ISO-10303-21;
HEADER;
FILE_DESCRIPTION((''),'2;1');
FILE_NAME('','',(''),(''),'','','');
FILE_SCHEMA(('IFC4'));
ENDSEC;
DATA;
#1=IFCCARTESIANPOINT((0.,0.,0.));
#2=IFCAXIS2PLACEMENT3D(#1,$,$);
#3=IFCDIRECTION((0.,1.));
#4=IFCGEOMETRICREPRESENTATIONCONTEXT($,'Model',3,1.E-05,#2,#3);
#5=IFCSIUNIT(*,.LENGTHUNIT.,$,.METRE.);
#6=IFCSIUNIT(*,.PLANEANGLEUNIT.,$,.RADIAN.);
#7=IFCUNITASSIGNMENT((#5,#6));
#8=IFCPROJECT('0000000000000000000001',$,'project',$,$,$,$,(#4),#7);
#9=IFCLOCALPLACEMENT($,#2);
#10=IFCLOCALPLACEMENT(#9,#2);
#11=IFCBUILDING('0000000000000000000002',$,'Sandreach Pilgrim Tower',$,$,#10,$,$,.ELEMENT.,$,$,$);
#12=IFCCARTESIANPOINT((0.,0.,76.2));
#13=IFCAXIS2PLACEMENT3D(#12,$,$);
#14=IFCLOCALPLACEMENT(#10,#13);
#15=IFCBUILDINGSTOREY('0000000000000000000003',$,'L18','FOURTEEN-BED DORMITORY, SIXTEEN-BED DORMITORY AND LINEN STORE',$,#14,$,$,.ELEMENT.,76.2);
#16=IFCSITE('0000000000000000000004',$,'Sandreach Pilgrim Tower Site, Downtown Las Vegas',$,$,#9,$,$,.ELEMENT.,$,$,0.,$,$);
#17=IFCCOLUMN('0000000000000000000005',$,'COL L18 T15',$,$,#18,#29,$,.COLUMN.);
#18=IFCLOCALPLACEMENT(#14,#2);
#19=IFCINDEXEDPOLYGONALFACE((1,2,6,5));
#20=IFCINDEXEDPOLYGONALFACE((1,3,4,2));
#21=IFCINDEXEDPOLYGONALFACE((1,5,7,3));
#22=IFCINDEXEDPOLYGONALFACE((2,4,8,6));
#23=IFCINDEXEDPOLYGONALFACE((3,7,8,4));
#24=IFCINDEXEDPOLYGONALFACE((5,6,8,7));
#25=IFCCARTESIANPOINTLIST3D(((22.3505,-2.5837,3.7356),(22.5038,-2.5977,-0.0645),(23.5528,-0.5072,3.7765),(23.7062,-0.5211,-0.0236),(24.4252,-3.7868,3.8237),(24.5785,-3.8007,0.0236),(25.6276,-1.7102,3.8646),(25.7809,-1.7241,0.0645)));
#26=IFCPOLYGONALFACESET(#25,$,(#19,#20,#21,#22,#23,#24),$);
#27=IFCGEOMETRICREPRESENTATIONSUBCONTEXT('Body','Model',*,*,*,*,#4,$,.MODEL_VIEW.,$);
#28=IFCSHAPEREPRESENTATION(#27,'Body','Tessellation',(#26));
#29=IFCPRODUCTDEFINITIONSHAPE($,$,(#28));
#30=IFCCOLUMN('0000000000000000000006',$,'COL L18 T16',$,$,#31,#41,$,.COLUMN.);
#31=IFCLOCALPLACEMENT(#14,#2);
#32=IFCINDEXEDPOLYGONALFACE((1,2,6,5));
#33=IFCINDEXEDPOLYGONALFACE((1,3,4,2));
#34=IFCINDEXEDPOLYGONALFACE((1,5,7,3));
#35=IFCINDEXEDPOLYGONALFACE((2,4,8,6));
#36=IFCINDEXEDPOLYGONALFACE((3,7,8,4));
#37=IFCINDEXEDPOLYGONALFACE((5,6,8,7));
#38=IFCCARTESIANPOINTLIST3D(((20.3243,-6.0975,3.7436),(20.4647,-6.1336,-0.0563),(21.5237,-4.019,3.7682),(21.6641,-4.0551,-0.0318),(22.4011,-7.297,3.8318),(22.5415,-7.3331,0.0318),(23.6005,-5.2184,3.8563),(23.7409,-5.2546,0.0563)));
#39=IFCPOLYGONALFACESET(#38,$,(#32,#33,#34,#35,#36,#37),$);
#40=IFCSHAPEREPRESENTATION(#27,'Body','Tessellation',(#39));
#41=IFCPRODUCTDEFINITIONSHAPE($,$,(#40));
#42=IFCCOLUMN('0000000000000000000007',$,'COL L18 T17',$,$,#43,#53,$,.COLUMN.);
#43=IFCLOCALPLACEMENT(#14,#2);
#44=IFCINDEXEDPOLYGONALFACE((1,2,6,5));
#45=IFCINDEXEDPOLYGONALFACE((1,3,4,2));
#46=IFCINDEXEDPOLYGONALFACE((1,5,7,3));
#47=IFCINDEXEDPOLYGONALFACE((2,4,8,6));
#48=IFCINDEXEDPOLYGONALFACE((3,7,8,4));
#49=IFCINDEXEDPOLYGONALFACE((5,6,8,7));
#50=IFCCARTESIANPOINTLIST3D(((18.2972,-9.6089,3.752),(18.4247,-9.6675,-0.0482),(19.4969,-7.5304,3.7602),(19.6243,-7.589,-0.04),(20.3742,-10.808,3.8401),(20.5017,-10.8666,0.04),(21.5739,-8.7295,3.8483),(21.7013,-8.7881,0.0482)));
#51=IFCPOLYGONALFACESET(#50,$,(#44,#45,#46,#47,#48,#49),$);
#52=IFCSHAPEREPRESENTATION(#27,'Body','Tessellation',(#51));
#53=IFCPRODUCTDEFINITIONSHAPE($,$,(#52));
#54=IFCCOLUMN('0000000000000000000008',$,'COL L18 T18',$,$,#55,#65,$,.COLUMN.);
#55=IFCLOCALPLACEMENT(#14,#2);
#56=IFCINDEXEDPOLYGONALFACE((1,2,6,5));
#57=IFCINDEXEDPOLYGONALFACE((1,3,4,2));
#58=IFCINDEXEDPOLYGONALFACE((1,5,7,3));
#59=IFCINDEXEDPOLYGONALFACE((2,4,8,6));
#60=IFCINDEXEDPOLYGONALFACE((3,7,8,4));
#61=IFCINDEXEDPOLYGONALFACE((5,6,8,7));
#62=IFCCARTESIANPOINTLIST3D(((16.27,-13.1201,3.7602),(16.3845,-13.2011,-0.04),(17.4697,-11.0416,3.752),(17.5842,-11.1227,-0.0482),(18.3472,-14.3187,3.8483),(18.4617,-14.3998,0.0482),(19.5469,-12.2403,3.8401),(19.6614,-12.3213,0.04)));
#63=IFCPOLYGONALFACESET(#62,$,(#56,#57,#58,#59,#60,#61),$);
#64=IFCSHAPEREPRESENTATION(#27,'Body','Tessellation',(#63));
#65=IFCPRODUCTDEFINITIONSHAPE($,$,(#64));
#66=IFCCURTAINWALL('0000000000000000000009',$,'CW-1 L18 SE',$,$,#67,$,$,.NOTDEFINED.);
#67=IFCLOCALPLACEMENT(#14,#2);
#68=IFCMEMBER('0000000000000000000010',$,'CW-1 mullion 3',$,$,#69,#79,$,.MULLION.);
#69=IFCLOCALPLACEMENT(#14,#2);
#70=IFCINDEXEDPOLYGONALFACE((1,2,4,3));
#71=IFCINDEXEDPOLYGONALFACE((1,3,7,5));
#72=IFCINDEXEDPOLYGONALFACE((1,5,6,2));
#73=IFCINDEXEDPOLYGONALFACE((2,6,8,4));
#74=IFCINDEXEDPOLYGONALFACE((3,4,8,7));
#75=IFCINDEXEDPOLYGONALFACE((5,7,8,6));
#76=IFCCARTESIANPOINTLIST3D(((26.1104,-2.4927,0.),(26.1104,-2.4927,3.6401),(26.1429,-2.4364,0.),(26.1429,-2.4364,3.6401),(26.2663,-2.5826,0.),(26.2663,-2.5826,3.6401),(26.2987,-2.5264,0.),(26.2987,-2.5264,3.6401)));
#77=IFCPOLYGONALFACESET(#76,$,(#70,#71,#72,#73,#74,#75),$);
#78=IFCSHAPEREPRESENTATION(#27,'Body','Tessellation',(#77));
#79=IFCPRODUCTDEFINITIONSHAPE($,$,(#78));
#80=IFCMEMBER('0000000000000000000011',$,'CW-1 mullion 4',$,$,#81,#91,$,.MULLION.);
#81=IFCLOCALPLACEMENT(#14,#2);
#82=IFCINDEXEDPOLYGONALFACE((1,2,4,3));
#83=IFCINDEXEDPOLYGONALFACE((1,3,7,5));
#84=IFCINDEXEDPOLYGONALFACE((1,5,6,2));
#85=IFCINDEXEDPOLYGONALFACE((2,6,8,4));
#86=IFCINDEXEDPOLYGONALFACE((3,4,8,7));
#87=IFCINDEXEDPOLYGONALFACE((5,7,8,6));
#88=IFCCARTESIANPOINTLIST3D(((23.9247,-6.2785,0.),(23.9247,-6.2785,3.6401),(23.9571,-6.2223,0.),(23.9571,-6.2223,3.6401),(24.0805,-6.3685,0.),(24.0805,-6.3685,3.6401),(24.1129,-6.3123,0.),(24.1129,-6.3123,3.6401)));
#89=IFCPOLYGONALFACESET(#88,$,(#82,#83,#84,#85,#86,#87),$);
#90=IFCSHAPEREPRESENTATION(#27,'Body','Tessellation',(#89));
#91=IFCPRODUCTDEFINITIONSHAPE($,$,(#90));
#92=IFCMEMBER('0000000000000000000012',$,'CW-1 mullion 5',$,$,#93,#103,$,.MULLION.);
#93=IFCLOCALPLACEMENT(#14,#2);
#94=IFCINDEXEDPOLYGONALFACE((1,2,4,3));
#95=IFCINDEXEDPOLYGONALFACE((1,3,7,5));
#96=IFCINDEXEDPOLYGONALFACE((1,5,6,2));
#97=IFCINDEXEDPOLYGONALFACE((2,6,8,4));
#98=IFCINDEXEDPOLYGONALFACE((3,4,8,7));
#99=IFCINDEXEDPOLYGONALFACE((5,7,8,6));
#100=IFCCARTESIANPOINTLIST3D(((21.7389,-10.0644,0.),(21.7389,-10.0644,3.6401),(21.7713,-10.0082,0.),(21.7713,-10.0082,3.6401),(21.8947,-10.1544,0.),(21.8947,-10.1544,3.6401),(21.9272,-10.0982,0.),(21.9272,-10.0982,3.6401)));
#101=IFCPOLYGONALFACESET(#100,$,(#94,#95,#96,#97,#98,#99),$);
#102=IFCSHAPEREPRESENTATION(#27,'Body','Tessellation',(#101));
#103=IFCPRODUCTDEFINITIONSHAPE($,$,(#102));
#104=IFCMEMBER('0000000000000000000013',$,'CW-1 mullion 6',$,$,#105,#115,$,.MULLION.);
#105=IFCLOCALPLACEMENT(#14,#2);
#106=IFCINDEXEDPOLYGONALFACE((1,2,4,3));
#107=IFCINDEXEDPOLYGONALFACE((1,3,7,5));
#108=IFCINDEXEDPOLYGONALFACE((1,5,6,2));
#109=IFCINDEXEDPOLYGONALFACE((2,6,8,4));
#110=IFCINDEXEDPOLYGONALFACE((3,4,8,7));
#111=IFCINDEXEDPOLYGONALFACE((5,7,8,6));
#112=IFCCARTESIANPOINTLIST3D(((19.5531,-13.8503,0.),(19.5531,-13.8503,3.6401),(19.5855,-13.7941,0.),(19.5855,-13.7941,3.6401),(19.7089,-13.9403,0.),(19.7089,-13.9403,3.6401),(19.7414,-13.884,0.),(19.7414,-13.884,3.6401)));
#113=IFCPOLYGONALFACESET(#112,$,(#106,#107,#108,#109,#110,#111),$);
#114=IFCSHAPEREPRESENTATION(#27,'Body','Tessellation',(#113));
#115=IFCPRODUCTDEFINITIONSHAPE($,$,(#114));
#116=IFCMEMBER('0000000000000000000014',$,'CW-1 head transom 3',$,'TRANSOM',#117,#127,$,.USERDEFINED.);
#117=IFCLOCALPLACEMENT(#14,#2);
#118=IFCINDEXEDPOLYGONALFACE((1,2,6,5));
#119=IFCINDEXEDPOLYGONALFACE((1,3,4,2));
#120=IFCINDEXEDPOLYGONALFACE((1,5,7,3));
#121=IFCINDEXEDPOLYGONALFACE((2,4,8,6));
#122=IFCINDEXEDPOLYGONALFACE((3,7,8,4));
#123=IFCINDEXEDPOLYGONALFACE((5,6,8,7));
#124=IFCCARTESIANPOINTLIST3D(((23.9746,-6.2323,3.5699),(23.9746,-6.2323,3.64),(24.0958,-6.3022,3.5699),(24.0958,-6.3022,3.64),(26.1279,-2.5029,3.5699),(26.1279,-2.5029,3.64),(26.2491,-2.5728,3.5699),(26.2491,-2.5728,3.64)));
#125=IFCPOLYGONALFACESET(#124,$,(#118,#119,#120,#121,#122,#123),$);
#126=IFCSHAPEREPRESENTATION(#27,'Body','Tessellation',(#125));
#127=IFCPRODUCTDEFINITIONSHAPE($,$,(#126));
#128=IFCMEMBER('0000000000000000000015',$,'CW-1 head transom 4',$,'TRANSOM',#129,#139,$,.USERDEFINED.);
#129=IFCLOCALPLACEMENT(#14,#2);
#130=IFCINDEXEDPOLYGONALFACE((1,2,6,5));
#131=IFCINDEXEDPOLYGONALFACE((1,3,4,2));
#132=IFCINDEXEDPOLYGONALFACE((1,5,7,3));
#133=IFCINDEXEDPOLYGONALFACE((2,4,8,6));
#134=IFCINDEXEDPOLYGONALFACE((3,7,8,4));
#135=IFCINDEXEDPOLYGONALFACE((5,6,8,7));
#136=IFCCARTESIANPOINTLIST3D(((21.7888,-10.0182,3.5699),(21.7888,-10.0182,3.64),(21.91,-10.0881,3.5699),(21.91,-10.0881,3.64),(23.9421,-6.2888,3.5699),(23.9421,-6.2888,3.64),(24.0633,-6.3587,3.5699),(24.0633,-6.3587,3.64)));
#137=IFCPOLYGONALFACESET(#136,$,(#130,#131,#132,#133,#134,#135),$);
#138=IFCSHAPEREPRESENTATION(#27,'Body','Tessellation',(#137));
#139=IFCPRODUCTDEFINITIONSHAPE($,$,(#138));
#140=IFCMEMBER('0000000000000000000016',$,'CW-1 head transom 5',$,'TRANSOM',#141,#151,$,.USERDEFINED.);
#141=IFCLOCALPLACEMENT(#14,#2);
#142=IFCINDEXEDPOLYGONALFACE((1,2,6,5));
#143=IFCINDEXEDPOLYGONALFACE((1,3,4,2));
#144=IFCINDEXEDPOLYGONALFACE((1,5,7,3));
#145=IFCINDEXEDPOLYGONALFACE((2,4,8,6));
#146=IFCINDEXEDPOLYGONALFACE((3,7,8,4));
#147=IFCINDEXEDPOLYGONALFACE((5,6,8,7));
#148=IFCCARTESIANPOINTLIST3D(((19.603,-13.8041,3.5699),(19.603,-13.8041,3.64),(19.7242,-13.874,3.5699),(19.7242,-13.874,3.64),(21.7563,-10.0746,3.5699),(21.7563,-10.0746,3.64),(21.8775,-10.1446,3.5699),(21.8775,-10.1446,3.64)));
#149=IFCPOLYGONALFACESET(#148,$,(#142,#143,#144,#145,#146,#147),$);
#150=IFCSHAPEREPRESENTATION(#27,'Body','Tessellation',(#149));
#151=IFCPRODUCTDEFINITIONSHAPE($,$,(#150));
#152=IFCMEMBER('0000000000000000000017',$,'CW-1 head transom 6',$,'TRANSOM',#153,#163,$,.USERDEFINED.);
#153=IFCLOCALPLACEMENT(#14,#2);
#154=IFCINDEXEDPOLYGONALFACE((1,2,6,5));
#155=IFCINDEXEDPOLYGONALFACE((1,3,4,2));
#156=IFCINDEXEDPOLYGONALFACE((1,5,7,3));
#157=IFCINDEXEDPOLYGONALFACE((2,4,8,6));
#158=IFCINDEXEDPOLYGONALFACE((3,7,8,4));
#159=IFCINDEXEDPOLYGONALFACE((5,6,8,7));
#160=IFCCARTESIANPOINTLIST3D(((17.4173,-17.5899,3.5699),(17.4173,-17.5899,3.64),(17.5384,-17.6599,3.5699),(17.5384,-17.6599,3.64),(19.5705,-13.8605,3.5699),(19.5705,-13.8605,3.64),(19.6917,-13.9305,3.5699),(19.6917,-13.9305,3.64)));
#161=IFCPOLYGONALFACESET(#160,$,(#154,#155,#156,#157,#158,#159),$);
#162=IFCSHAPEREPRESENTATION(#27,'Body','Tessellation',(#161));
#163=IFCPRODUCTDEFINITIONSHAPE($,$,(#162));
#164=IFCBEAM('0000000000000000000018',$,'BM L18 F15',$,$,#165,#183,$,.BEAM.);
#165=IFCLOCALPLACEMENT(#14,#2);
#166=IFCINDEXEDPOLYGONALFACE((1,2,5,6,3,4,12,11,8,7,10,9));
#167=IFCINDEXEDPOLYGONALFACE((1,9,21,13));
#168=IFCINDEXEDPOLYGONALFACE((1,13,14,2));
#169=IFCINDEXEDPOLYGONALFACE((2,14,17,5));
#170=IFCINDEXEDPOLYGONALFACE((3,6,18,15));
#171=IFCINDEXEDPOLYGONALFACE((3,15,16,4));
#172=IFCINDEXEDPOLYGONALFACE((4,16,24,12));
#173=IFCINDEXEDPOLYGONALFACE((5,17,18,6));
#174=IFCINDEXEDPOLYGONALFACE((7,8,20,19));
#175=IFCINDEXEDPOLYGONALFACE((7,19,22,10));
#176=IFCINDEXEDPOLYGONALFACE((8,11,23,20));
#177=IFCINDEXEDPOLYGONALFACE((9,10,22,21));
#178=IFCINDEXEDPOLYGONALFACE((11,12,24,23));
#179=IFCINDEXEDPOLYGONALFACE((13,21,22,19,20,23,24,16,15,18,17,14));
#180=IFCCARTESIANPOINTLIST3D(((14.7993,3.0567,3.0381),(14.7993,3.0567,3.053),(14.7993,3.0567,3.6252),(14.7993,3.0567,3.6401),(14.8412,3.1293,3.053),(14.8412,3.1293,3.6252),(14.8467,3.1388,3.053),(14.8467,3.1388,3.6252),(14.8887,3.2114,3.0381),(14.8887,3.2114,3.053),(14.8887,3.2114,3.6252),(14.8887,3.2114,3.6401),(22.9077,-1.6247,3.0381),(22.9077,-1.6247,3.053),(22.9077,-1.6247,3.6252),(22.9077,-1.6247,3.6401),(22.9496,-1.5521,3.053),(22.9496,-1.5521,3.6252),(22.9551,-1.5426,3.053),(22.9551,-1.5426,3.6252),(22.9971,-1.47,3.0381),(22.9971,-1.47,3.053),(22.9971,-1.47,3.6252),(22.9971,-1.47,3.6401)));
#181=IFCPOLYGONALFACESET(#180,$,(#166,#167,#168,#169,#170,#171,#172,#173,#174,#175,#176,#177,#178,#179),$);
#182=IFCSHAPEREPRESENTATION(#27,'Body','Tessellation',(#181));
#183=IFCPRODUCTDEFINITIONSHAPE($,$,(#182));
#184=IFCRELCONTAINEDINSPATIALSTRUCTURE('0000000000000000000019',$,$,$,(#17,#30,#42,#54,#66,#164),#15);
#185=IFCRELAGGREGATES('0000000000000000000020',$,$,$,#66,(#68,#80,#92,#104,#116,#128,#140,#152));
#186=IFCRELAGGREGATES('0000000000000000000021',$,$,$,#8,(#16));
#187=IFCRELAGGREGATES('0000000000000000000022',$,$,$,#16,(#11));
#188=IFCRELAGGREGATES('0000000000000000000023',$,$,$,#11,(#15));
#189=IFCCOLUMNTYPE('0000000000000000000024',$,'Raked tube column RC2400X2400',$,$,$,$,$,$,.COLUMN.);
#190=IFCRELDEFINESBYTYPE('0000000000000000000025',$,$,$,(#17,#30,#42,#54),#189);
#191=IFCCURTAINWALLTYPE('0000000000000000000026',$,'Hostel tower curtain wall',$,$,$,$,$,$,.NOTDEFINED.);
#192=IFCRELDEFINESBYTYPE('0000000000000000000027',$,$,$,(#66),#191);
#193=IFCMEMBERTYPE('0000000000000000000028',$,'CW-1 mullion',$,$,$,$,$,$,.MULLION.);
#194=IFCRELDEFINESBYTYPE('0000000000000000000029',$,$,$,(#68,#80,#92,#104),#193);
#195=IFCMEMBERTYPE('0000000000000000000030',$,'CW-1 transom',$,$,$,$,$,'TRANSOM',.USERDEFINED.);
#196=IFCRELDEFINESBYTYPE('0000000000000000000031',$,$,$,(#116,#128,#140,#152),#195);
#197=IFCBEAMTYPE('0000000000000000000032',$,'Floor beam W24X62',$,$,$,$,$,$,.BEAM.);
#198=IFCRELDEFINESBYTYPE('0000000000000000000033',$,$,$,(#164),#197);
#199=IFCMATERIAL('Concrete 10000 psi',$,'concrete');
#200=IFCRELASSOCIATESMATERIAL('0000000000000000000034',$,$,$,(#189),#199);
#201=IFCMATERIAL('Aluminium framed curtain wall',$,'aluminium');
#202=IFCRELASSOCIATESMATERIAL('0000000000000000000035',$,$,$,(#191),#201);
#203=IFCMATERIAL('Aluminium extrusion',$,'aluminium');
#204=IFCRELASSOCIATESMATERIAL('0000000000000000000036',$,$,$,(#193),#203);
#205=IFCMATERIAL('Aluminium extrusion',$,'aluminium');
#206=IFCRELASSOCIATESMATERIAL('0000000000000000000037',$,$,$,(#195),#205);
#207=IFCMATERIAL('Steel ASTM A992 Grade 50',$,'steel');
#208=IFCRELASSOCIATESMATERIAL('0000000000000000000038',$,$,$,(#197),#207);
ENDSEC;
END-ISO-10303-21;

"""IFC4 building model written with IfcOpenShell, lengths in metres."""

from ifc_helpers import new_model, si_unit, direction, frame, origin, origin_2d, place, context, subcontext, project, spatial, rectangle, i_section, extrude, material, material_profile, profile_set, type_object, element, aggregate, save


model = new_model("IFC4")

# Units and contexts
model_context = context("Model", 3, precision=1e-05, world=origin(), true_north=direction((0.0, 1.0)))
body_context = subcontext(model_context, "Body", "Model", "MODEL_VIEW")
ifc_project = project(units=[si_unit("LENGTHUNIT", "METRE"), si_unit("PLANEANGLEUNIT", "RADIAN")], contexts=[model_context])

# Site, building, storey
site_placement = place(None, origin())
site = spatial("IfcSite", under=ifc_project, at=site_placement, Name="Sandreach Pilgrim Tower Site, Downtown Las Vegas", CompositionType="ELEMENT", RefElevation=0.0)
building_placement = place(site_placement, origin())
building = spatial("IfcBuilding", under=site, at=building_placement, Name="Sandreach Pilgrim Tower", CompositionType="ELEMENT")
storey_placement = place(building_placement, frame((0.0, 0.0, 76.2)))
storey = spatial("IfcBuildingStorey", under=building, at=storey_placement, Name="L18", Description="FOURTEEN-BED DORMITORY, SIXTEEN-BED DORMITORY AND LINEN STORE", CompositionType="ELEMENT", Elevation=76.2)

# Columns
ifc_material_1 = material(Name="Concrete 10000 psi", Category="concrete")
ifc_material_profile_1 = material_profile(ifc_material_1, rectangle(XDim=2.3999, YDim=2.3999, at=origin_2d()), Name="RC2400X2400")
ifc_profile_set_1 = profile_set([ifc_material_profile_1], Name="Concrete 10000 psi")
column_type = type_object("IfcColumnType", Name="Raked tube column RC2400X2400", PredefinedType="COLUMN", material=ifc_profile_set_1)
column_placement = place(storey_placement, frame((24.1423, -2.1609, 0.0), z_axis=(-0.040314, 0.003659, 0.99918), x_axis=(0.864501, -0.501288, 0.036716)))
element("IfcColumn", 1, at=column_placement, inside=storey, type_object=column_type, Name="COL L18 T15", PredefinedType="COLUMN", context=body_context, shape_type="SweptSolid", body=[
    extrude(rectangle(XDim=2.3999, YDim=2.3999, at=origin_2d()), origin(), (0.0, 0.0, 1.0), 3.8032),
])
for number, where, z_axis, x_axis, name in (
    (2, (22.1028, -5.6941, 0.0), (-0.036915, 0.009502, 0.999273), (0.865363, -0.499798, 0.03672), "COL L18 T16"),
    (3, (20.063, -9.2278, 0.0), (-0.033514, 0.015409, 0.999319), (0.865448, -0.499651, 0.036729), "COL L18 T17"),
    (4, (18.0229, -12.7612, 0.0), (-0.030111, 0.021315, 0.999319), (0.865558, -0.49946, 0.036734), "COL L18 T18"),
):
    element("IfcColumn", number, at=place(storey_placement, frame(where, z_axis=z_axis, x_axis=x_axis)), inside=storey, type_object=column_type, Name=name, PredefinedType="COLUMN", context=body_context, shape_type="SweptSolid", body=[
        extrude(rectangle(XDim=2.3999, YDim=2.3999, at=origin_2d()), origin(), (0.0, 0.0, 1.0), 3.8027),
    ])

# Curtain wall, members
ifc_material_2 = material(Name="Aluminium framed curtain wall", Category="aluminium")
curtain_wall_type = type_object("IfcCurtainWallType", Name="Hostel tower curtain wall", PredefinedType="NOTDEFINED", material=ifc_material_2)
curtain_wall_placement = place(storey_placement, origin())
curtain_wall = element("IfcCurtainWall", 5, at=curtain_wall_placement, inside=storey, type_object=curtain_wall_type, Name="CW-1 L18 SE", PredefinedType="NOTDEFINED")
ifc_material_3 = material(Name="Aluminium extrusion", Category="aluminium")
ifc_material_profile_2 = material_profile(ifc_material_3, rectangle(XDim=0.0649, YDim=0.1799, at=origin_2d()), Name="CW-1M 65X180")
ifc_profile_set_2 = profile_set([ifc_material_profile_2], Name="Aluminium extrusion")
member_type_1 = type_object("IfcMemberType", Name="CW-1 mullion", PredefinedType="MULLION", material=ifc_profile_set_2)
member_1_placement = place(storey_placement, frame((26.2046, -2.5095, 0.0), z_axis=(0.0, 0.0, 1.0), x_axis=(-0.5, -0.866025, 0.0)))
member_1 = element("IfcMember", 6, at=member_1_placement, type_object=member_type_1, Name="CW-1 mullion 3", PredefinedType="MULLION", context=body_context, shape_type="SweptSolid", body=[
    extrude(rectangle(XDim=0.0649, YDim=0.1799, at=origin_2d()), origin(), (0.0, 0.0, 1.0), 3.6401),
])
member_2_placement = place(storey_placement, frame((24.0188, -6.2954, 0.0), z_axis=(0.0, 0.0, 1.0), x_axis=(-0.5, -0.866025, 0.0)))
member_2 = element("IfcMember", 7, at=member_2_placement, type_object=member_type_1, Name="CW-1 mullion 4", PredefinedType="MULLION", context=body_context, shape_type="SweptSolid", body=[
    extrude(rectangle(XDim=0.0649, YDim=0.1799, at=origin_2d()), origin(), (0.0, 0.0, 1.0), 3.6401),
])
member_3_placement = place(storey_placement, frame((21.833, -10.0813, 0.0), z_axis=(0.0, 0.0, 1.0), x_axis=(-0.5, -0.866025, 0.0)))
member_3 = element("IfcMember", 8, at=member_3_placement, type_object=member_type_1, Name="CW-1 mullion 5", PredefinedType="MULLION", context=body_context, shape_type="SweptSolid", body=[
    extrude(rectangle(XDim=0.0649, YDim=0.1799, at=origin_2d()), origin(), (0.0, 0.0, 1.0), 3.6401),
])
member_4_placement = place(storey_placement, frame((19.6472, -13.8672, 0.0), z_axis=(0.0, 0.0, 1.0), x_axis=(-0.5, -0.866025, 0.0)))
member_4 = element("IfcMember", 9, at=member_4_placement, type_object=member_type_1, Name="CW-1 mullion 6", PredefinedType="MULLION", context=body_context, shape_type="SweptSolid", body=[
    extrude(rectangle(XDim=0.0649, YDim=0.1799, at=origin_2d()), origin(), (0.0, 0.0, 1.0), 3.6401),
])
ifc_material_4 = material(Name="Aluminium extrusion", Category="aluminium")
ifc_material_profile_3 = material_profile(ifc_material_4, rectangle(XDim=0.1399, YDim=0.0701, at=origin_2d()), Name="CW-1T 140X70")
ifc_profile_set_3 = profile_set([ifc_material_profile_3], Name="Aluminium extrusion")
member_type_2 = type_object("IfcMemberType", Name="CW-1 transom", ElementType="TRANSOM", PredefinedType="USERDEFINED", material=ifc_profile_set_3)
member_5_placement = place(storey_placement, frame((26.1885, -2.5378, 3.605), z_axis=(-0.500017, -0.866016, 0.0), x_axis=(0.866016, -0.500017, 0.0)))
member_5 = element("IfcMember", 10, at=member_5_placement, type_object=member_type_2, Name="CW-1 head transom 3", ObjectType="TRANSOM", PredefinedType="USERDEFINED", context=body_context, shape_type="SweptSolid", body=[
    extrude(rectangle(XDim=0.1399, YDim=0.0701, at=origin_2d()), origin(), (0.0, 0.0, 1.0), 4.3064),
])
member_6_placement = place(storey_placement, frame((24.0027, -6.3237, 3.605), z_axis=(-0.500017, -0.866016, 0.0), x_axis=(0.866016, -0.500017, 0.0)))
member_6 = element("IfcMember", 11, at=member_6_placement, type_object=member_type_2, Name="CW-1 head transom 4", ObjectType="TRANSOM", PredefinedType="USERDEFINED", context=body_context, shape_type="SweptSolid", body=[
    extrude(rectangle(XDim=0.1399, YDim=0.0701, at=origin_2d()), origin(), (0.0, 0.0, 1.0), 4.3064),
])
member_7_placement = place(storey_placement, frame((21.8169, -10.1096, 3.605), z_axis=(-0.500017, -0.866016, 0.0), x_axis=(0.866016, -0.500017, 0.0)))
member_7 = element("IfcMember", 12, at=member_7_placement, type_object=member_type_2, Name="CW-1 head transom 5", ObjectType="TRANSOM", PredefinedType="USERDEFINED", context=body_context, shape_type="SweptSolid", body=[
    extrude(rectangle(XDim=0.1399, YDim=0.0701, at=origin_2d()), origin(), (0.0, 0.0, 1.0), 4.3064),
])
member_8_placement = place(storey_placement, frame((19.6311, -13.8955, 3.605), z_axis=(-0.500017, -0.866016, 0.0), x_axis=(0.866016, -0.500017, 0.0)))
member_8 = element("IfcMember", 13, at=member_8_placement, type_object=member_type_2, Name="CW-1 head transom 6", ObjectType="TRANSOM", PredefinedType="USERDEFINED", context=body_context, shape_type="SweptSolid", body=[
    extrude(rectangle(XDim=0.1399, YDim=0.0701, at=origin_2d()), origin(), (0.0, 0.0, 1.0), 4.3064),
])

# Beam
ifc_material_5 = material(Name="Steel ASTM A992 Grade 50", Category="steel")
ifc_material_profile_4 = material_profile(ifc_material_5, i_section(OverallWidth=0.1787, OverallDepth=0.6021, WebThickness=0.011, FlangeThickness=0.0149, at=origin_2d()), Name="W24X62")
ifc_profile_set_4 = profile_set([ifc_material_profile_4], Name="Steel ASTM A992 Grade 50")
beam_type_1 = type_object("IfcBeamType", Name="Floor beam W24X62", PredefinedType="BEAM", material=ifc_profile_set_4)
beam_1_placement = place(storey_placement, frame((22.9524, -1.5474, 3.3391), z_axis=(-0.866025, 0.500001, 0.0), x_axis=(-0.500001, -0.866025, 0.0)))
element("IfcBeam", 14, at=beam_1_placement, inside=storey, type_object=beam_type_1, Name="BM L18 F15", PredefinedType="BEAM", context=body_context, shape_type="SweptSolid", body=[
    extrude(i_section(OverallWidth=0.1787, OverallDepth=0.6021, WebThickness=0.011, FlangeThickness=0.0149, at=origin_2d()), origin(), (0.0, 0.0, 1.0), 9.3628),
])

aggregate(curtain_wall, [member_1, member_2, member_3, member_4, member_5, member_6, member_7, member_8])

save(model, "model.ifc")
